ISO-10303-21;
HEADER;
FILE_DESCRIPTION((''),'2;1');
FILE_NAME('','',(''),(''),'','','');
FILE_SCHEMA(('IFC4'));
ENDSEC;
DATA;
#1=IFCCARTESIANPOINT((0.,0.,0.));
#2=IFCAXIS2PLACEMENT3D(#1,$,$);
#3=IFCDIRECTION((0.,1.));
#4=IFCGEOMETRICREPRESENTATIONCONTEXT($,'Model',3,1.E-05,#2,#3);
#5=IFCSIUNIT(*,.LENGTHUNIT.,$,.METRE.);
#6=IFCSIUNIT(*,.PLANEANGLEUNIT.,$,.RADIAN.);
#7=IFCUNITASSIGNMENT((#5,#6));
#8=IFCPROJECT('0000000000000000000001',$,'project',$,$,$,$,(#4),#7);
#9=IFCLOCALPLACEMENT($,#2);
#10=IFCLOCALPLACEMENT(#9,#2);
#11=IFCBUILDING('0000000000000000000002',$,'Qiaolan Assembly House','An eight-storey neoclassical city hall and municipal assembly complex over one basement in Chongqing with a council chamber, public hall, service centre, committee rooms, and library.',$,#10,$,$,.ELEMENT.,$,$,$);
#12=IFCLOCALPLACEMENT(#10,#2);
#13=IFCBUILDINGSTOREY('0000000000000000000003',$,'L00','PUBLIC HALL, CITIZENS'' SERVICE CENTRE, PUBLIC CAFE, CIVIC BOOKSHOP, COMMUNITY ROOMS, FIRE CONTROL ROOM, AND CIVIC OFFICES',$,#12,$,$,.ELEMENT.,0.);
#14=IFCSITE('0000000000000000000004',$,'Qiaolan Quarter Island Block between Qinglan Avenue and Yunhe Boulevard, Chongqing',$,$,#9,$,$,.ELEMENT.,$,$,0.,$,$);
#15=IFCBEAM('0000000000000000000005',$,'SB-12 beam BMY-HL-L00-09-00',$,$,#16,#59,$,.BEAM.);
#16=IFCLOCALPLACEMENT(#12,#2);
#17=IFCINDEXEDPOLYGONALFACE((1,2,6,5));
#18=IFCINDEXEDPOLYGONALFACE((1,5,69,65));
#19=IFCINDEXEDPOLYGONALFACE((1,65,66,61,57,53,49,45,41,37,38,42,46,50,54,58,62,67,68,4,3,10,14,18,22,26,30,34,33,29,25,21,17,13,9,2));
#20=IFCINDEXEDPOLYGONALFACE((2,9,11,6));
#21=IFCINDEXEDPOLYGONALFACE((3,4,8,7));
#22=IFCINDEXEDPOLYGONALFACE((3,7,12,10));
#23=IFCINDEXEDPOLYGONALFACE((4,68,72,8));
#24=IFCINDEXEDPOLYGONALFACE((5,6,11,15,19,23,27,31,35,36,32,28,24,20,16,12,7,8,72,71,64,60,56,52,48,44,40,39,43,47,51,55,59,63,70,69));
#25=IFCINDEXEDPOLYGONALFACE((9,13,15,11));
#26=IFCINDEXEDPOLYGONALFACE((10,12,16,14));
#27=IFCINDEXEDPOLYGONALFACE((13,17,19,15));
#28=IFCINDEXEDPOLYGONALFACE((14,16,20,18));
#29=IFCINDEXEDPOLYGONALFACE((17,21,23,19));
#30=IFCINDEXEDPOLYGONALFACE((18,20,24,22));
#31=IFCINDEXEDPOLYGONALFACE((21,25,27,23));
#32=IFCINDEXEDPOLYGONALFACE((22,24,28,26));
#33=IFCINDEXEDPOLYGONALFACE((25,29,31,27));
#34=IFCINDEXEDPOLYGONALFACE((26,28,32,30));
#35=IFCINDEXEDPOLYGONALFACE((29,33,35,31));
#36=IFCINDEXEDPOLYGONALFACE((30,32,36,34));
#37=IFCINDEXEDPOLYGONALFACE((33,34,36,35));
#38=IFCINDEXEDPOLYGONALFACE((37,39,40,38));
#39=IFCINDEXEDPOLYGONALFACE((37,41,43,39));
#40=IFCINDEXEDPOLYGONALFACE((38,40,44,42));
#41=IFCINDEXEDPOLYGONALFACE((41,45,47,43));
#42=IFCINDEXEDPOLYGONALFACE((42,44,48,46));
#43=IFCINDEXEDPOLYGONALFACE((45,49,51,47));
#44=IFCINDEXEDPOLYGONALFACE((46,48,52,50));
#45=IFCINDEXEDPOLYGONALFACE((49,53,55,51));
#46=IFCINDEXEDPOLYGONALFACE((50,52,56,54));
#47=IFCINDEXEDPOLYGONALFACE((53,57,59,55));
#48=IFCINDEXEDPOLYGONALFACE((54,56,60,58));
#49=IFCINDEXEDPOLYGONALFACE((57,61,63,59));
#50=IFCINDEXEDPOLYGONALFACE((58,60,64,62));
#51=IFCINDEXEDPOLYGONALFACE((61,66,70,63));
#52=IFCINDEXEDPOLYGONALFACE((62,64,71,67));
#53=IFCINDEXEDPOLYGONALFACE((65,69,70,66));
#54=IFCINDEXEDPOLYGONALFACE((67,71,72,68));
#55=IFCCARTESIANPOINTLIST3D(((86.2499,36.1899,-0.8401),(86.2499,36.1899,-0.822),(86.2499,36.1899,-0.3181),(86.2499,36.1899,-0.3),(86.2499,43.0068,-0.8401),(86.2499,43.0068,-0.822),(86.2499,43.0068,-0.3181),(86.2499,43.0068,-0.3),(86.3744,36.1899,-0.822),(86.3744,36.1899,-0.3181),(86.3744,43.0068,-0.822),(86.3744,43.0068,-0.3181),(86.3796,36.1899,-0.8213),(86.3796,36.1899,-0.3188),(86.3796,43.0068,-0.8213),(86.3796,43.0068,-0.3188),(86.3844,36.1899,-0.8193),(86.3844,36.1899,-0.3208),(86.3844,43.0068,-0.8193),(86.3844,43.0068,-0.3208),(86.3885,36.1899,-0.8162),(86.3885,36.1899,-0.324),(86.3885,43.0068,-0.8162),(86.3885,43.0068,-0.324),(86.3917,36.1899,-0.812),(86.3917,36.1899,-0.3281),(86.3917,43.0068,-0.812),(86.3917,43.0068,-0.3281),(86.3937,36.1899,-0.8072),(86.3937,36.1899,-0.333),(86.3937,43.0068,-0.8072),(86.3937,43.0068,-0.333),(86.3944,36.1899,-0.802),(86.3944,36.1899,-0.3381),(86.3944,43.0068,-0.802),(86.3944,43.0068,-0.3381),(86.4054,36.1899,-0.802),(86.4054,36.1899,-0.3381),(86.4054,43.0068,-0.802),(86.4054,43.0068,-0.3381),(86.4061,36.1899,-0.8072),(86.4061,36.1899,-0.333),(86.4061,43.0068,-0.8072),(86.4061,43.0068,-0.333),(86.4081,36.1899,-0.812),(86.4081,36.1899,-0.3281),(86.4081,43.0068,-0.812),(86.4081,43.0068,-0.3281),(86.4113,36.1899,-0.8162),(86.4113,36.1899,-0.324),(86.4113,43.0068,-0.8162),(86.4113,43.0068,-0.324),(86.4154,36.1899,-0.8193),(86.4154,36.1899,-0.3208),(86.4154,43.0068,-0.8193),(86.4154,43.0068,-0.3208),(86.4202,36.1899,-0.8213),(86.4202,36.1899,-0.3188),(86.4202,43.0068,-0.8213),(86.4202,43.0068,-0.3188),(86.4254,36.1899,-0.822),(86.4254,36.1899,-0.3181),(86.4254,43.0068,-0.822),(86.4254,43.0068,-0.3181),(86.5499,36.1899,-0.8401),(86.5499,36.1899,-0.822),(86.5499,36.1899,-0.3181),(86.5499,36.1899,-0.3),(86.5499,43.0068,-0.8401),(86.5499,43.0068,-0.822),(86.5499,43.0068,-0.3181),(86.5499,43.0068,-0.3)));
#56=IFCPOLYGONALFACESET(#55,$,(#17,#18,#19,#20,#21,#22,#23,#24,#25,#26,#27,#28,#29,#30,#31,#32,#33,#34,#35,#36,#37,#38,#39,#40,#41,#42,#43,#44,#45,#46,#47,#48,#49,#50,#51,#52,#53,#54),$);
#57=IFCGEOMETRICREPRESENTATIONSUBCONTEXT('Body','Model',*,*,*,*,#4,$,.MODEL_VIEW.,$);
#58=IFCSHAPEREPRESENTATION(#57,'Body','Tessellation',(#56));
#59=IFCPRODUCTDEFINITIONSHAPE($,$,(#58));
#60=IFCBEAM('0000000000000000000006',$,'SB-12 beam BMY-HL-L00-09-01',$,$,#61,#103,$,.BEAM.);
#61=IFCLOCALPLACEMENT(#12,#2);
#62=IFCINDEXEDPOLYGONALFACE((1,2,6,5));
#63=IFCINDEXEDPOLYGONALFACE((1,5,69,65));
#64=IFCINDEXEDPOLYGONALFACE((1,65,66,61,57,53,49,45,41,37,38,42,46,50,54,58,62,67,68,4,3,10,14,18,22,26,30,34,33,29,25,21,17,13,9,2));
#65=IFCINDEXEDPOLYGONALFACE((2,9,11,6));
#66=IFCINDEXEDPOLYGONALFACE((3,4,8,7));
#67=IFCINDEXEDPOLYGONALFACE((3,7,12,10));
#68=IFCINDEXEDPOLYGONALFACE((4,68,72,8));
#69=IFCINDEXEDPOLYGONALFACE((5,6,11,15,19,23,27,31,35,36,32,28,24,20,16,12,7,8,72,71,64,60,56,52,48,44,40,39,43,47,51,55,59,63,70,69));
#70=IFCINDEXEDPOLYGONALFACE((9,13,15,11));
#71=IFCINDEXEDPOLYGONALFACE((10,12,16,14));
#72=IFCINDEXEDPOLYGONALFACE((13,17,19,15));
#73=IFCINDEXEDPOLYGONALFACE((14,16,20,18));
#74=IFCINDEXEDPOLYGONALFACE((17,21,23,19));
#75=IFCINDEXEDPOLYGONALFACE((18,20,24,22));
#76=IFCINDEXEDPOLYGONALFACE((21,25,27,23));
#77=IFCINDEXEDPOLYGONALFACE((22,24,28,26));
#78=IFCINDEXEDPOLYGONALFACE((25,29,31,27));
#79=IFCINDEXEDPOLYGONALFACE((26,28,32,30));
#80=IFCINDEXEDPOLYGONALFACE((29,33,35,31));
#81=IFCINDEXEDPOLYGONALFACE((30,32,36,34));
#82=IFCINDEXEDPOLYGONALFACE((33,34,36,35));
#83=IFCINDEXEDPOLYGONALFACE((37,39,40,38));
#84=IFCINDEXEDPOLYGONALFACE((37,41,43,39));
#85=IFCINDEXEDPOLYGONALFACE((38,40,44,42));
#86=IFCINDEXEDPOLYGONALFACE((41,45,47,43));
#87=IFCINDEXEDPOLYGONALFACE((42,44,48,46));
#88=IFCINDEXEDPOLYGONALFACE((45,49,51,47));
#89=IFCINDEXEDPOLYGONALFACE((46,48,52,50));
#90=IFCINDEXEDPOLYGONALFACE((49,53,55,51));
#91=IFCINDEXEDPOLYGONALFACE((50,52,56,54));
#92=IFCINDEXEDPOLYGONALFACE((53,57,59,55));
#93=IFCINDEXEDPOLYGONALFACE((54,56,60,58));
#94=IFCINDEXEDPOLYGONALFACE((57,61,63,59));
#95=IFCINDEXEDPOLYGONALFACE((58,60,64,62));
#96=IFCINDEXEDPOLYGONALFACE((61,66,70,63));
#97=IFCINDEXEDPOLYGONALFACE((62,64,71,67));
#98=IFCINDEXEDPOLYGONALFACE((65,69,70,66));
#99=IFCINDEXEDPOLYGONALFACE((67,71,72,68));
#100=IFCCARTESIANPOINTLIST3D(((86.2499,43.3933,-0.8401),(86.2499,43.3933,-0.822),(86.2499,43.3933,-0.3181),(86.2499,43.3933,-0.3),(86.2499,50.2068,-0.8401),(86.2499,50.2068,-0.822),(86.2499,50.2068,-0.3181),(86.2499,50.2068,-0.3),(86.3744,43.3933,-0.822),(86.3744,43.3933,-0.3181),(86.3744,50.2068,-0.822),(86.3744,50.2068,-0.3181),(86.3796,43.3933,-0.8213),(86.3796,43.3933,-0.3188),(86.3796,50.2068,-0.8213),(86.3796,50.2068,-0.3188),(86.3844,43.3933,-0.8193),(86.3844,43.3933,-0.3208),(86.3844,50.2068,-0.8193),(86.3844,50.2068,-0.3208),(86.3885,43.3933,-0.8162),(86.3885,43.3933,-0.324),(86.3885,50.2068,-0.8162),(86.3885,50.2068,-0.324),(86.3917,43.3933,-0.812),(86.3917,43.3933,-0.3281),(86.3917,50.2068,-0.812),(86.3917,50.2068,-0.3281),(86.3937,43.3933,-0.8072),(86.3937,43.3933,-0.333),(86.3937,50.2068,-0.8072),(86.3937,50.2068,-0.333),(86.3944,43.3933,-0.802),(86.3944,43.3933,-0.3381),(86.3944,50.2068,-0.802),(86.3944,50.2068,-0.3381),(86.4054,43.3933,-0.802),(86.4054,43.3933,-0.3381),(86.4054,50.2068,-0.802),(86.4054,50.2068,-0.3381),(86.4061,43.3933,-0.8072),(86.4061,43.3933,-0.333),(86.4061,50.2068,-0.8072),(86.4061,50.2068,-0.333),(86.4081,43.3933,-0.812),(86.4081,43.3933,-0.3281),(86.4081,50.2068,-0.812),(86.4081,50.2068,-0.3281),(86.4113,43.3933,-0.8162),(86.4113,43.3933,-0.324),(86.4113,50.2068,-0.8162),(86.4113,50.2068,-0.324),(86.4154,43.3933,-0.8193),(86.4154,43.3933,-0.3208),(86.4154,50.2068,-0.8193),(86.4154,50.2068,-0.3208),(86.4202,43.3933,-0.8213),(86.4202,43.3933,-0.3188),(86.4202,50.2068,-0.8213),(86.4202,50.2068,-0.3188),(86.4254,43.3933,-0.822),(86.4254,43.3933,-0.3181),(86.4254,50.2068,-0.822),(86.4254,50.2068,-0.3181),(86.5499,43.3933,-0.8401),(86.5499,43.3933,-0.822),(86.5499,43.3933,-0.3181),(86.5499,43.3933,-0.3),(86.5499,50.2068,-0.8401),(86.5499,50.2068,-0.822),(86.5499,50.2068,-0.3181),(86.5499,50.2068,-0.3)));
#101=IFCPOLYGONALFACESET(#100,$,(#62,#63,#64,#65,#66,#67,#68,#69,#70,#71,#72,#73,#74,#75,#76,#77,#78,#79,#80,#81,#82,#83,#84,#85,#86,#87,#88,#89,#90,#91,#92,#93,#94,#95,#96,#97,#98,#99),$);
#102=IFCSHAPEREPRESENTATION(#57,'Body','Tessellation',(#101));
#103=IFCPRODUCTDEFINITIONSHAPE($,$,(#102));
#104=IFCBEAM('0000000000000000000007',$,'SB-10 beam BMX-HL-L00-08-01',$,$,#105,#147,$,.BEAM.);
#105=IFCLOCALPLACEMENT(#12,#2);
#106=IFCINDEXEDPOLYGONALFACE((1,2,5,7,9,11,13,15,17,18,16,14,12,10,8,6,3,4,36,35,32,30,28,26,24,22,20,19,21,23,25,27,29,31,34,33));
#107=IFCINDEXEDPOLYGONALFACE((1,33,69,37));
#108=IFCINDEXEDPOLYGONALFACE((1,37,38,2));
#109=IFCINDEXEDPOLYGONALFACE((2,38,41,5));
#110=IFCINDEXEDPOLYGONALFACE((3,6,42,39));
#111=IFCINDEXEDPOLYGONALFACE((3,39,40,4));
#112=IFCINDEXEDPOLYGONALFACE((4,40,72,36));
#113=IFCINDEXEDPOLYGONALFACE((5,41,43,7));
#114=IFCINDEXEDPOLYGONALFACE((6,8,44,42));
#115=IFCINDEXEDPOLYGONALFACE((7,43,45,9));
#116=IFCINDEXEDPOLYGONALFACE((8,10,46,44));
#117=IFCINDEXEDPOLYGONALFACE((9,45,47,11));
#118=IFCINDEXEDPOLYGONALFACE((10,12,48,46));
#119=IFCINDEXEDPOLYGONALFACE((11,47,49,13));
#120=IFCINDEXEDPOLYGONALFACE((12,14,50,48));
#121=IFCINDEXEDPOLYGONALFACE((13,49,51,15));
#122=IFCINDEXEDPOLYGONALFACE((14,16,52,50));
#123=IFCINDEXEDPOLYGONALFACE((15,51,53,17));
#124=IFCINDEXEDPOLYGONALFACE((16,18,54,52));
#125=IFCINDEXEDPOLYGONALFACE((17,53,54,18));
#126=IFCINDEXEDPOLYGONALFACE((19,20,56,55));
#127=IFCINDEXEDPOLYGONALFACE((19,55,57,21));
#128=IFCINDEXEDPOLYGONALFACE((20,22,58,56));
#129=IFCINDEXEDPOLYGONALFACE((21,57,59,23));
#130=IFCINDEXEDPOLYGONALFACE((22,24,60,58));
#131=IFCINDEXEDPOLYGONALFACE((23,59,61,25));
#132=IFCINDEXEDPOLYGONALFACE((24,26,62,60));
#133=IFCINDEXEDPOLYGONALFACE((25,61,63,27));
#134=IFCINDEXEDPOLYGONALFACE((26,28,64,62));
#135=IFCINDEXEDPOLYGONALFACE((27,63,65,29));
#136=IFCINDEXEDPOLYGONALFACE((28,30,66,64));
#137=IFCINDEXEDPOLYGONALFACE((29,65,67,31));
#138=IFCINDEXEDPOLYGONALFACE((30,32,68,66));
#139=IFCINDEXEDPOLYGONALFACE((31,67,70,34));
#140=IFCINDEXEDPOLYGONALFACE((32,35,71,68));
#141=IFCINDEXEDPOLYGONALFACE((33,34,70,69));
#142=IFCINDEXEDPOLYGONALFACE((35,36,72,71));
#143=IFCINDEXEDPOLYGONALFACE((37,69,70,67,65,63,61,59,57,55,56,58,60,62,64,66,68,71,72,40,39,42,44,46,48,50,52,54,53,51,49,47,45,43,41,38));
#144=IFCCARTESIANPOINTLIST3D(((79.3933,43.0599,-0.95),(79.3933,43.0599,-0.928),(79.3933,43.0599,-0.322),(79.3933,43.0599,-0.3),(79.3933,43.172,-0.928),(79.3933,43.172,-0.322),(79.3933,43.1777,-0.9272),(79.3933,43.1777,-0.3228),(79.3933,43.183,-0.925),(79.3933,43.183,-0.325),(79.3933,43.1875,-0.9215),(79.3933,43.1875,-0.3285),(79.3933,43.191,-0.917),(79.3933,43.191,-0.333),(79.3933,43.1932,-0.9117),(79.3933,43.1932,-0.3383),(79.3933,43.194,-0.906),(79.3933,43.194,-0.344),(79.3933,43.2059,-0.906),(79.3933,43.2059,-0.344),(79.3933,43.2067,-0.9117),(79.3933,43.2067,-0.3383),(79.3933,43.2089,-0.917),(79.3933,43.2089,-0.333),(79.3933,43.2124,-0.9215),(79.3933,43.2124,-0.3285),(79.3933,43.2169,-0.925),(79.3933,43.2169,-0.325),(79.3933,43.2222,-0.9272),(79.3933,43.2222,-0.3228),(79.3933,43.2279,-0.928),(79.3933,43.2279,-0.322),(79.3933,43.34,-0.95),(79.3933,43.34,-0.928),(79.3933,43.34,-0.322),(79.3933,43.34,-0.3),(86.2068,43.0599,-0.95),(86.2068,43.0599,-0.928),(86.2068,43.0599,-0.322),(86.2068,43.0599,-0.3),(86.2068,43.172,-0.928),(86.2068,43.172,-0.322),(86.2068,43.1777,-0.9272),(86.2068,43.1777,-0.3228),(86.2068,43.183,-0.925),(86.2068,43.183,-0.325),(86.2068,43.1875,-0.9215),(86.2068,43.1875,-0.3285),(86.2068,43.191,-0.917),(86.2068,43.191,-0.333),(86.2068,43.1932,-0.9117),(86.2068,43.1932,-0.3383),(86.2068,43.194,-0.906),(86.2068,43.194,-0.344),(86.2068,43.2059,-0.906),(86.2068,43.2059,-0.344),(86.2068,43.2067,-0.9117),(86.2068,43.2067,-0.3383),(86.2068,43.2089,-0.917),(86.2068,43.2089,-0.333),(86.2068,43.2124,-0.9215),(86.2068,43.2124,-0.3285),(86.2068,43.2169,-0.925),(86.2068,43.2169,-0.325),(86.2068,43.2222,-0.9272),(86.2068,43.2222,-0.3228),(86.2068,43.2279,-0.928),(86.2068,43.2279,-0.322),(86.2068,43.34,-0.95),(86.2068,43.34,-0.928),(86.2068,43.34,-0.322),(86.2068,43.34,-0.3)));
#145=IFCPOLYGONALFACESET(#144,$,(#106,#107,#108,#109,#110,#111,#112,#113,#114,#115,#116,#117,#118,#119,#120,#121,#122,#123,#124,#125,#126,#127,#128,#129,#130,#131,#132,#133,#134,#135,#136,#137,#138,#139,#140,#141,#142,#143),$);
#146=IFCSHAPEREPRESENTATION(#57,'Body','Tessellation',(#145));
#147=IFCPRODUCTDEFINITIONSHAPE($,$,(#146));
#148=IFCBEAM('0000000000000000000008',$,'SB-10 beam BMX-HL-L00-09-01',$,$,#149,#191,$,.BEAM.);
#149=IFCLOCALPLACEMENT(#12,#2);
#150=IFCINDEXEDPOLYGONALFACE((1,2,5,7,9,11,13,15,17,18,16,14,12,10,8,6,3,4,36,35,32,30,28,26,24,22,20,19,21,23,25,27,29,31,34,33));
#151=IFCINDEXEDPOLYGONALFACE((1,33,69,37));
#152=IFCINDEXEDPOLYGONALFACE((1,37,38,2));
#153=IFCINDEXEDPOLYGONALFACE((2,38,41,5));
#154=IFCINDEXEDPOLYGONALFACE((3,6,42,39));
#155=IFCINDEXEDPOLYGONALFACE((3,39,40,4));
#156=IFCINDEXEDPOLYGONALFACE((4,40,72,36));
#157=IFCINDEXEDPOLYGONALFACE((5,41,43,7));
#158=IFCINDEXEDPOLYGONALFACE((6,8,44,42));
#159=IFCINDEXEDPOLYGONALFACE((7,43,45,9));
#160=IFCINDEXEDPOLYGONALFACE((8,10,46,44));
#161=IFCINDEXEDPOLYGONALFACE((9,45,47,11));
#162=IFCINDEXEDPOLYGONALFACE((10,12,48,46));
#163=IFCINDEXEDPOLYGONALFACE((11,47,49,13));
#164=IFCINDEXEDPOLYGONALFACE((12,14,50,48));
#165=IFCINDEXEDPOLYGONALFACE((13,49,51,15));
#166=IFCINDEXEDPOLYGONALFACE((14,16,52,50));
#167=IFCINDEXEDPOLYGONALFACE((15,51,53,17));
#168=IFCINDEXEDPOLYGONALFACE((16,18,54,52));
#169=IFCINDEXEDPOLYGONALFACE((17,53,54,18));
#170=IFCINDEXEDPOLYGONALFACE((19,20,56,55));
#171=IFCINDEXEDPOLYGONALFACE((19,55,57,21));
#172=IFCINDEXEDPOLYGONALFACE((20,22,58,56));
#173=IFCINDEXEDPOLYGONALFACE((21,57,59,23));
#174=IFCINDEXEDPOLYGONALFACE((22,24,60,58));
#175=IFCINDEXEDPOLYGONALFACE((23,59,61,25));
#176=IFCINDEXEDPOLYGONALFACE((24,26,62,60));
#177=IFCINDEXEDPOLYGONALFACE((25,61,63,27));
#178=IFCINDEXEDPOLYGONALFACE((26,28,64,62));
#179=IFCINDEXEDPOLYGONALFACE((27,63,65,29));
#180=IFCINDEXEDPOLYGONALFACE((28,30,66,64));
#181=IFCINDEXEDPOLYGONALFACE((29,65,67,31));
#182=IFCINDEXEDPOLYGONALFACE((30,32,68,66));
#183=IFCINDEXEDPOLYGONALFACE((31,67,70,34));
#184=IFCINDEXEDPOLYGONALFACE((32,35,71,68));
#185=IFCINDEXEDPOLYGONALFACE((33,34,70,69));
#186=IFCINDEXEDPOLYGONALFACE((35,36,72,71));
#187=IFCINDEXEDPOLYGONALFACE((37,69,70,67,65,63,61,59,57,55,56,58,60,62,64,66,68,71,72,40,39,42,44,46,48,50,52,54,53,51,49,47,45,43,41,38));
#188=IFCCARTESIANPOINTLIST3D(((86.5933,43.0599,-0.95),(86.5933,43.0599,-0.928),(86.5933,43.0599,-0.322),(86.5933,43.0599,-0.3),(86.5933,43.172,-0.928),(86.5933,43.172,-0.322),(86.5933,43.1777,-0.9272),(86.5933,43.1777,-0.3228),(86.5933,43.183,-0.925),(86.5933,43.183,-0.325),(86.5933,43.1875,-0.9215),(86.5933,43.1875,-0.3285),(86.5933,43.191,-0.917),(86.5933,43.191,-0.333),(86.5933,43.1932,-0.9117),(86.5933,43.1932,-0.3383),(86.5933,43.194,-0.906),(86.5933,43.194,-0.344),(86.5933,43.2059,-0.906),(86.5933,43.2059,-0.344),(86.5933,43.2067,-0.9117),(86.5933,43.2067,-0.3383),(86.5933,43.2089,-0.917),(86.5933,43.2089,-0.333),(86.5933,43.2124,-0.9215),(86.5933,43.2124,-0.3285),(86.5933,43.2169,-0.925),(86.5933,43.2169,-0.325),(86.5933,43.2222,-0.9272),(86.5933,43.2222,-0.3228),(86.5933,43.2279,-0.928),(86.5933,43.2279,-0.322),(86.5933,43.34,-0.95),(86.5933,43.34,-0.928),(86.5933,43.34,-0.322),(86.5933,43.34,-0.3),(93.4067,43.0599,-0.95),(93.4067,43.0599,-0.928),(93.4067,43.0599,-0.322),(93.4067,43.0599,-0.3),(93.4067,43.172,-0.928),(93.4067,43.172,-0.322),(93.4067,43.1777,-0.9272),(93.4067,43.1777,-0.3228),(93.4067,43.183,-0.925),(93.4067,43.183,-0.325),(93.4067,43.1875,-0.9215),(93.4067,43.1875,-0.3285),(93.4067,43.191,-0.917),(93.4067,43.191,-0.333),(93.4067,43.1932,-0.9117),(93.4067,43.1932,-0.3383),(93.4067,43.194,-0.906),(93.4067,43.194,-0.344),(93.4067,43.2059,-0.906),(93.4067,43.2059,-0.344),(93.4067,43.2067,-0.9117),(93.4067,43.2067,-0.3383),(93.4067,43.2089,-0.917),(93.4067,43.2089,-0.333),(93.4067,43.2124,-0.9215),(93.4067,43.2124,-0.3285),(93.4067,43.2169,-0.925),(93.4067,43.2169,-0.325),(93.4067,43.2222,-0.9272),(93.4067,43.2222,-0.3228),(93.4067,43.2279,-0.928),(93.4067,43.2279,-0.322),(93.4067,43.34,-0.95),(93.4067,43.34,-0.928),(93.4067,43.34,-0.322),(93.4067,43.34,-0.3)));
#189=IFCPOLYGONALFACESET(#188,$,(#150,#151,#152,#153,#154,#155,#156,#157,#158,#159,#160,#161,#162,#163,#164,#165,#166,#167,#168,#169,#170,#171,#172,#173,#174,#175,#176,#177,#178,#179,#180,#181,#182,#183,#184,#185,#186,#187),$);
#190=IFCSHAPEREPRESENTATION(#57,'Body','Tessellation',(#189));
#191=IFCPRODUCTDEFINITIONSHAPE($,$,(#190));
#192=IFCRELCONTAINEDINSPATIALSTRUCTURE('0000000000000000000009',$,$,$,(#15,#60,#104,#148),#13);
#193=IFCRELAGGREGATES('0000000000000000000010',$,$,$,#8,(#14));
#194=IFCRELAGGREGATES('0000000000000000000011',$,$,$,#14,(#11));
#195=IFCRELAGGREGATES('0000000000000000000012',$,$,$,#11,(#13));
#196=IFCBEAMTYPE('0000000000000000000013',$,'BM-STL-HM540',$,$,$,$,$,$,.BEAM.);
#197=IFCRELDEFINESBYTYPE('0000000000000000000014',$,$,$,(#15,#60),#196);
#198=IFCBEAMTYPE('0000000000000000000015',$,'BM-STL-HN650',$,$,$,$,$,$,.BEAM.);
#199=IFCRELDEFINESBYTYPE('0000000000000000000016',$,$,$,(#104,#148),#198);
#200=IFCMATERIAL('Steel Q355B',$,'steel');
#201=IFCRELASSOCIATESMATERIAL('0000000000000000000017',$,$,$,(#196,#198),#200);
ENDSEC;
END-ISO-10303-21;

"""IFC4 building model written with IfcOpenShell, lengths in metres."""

from ifc_helpers import new_model, si_unit, direction, frame, origin, origin_2d, place, context, subcontext, project, spatial, i_section, extrude, material, material_profile, profile_set, type_object, element, save


model = new_model("IFC4")

# Units and contexts
model_context = context("Model", 3, precision=1e-05, world=origin(), true_north=direction((0.0, 1.0)))
body_context = subcontext(model_context, "Body", "Model", "MODEL_VIEW")
ifc_project = project(units=[si_unit("LENGTHUNIT", "METRE"), si_unit("PLANEANGLEUNIT", "RADIAN")], contexts=[model_context])

# Site, building, storey
site_placement = place(None, origin())
site = spatial("IfcSite", under=ifc_project, at=site_placement, Name="Qiaolan Quarter Island Block between Qinglan Avenue and Yunhe Boulevard, Chongqing", CompositionType="ELEMENT", RefElevation=0.0)
building_placement = place(site_placement, origin())
building = spatial("IfcBuilding", under=site, at=building_placement, Name="Qiaolan Assembly House", Description="An eight-storey neoclassical city hall and municipal assembly complex over one basement in Chongqing with a council chamber, public hall, service centre, committee rooms, and library.", CompositionType="ELEMENT")
storey_placement = place(building_placement, origin())
storey = spatial("IfcBuildingStorey", under=building, at=storey_placement, Name="L00", Description="PUBLIC HALL, CITIZENS' SERVICE CENTRE, PUBLIC CAFE, CIVIC BOOKSHOP, COMMUNITY ROOMS, FIRE CONTROL ROOM, AND CIVIC OFFICES", CompositionType="ELEMENT", Elevation=0.0)

# Shared definitions
ifc_material_1 = material(Name="Steel Q355B", Category="steel")

# Beams
ifc_material_profile_1 = material_profile(ifc_material_1, i_section(OverallWidth=0.3, OverallDepth=0.54, WebThickness=0.011, FlangeThickness=0.0181, FilletRadius=0.02, at=origin_2d()), Name="HM 540x300x11x18")
ifc_profile_set_1 = profile_set([ifc_material_profile_1], Name="Steel Q355B")
beam_type_1 = type_object("IfcBeamType", Name="BM-STL-HM540", PredefinedType="BEAM", material=ifc_profile_set_1)
for number, where, z_axis, x_axis, name in (
    (1, (86.3999, 36.1899, -0.5701), (0.0, 1.0, 0.0), (-1.0, 0.0, 0.0), "SB-12 beam BMY-HL-L00-09-00"),
):
    element("IfcBeam", number, at=place(storey_placement, frame(where, z_axis=z_axis, x_axis=x_axis)), inside=storey, type_object=beam_type_1, Name=name, PredefinedType="BEAM", context=body_context, shape_type="SweptSolid", body=[
        extrude(i_section(OverallWidth=0.3, OverallDepth=0.54, WebThickness=0.011, FlangeThickness=0.0181, FilletRadius=0.02, at=origin_2d()), origin(), (0.0, 0.0, 1.0), 6.8169),
    ])
beam_placement = place(storey_placement, frame((86.3999, 43.3933, -0.5701), z_axis=(0.0, 1.0, 0.0), x_axis=(-1.0, 0.0, 0.0)))
element("IfcBeam", 2, at=beam_placement, inside=storey, type_object=beam_type_1, Name="SB-12 beam BMY-HL-L00-09-01", PredefinedType="BEAM", context=body_context, shape_type="SweptSolid", body=[
    extrude(i_section(OverallWidth=0.3, OverallDepth=0.54, WebThickness=0.011, FlangeThickness=0.0181, FilletRadius=0.02, at=origin_2d()), origin(), (0.0, 0.0, 1.0), 6.8135),
])
ifc_material_profile_2 = material_profile(ifc_material_1, i_section(OverallWidth=0.28, OverallDepth=0.6499, WebThickness=0.012, FlangeThickness=0.022, FilletRadius=0.022, at=origin_2d()), Name="HN 650x280x12x22")
ifc_profile_set_2 = profile_set([ifc_material_profile_2], Name="Steel Q355B")
beam_type_2 = type_object("IfcBeamType", Name="BM-STL-HN650", PredefinedType="BEAM", material=ifc_profile_set_2)
for number, where, z_axis, x_axis, name in (
    (3, (79.3933, 43.2, -0.625), (1.0, 0.0, 0.0), (0.0, 1.0, 0.0), "SB-10 beam BMX-HL-L00-08-01"),
    (4, (86.5933, 43.2, -0.625), (1.0, 0.0, 0.0), (0.0, 1.0, 0.0), "SB-10 beam BMX-HL-L00-09-01"),
):
    element("IfcBeam", number, at=place(storey_placement, frame(where, z_axis=z_axis, x_axis=x_axis)), inside=storey, type_object=beam_type_2, Name=name, PredefinedType="BEAM", context=body_context, shape_type="SweptSolid", body=[
        extrude(i_section(OverallWidth=0.28, OverallDepth=0.6499, WebThickness=0.012, FlangeThickness=0.022, FilletRadius=0.022, at=origin_2d()), origin(), (0.0, 0.0, 1.0), 6.8135),
    ])

save(model, "model.ifc")
